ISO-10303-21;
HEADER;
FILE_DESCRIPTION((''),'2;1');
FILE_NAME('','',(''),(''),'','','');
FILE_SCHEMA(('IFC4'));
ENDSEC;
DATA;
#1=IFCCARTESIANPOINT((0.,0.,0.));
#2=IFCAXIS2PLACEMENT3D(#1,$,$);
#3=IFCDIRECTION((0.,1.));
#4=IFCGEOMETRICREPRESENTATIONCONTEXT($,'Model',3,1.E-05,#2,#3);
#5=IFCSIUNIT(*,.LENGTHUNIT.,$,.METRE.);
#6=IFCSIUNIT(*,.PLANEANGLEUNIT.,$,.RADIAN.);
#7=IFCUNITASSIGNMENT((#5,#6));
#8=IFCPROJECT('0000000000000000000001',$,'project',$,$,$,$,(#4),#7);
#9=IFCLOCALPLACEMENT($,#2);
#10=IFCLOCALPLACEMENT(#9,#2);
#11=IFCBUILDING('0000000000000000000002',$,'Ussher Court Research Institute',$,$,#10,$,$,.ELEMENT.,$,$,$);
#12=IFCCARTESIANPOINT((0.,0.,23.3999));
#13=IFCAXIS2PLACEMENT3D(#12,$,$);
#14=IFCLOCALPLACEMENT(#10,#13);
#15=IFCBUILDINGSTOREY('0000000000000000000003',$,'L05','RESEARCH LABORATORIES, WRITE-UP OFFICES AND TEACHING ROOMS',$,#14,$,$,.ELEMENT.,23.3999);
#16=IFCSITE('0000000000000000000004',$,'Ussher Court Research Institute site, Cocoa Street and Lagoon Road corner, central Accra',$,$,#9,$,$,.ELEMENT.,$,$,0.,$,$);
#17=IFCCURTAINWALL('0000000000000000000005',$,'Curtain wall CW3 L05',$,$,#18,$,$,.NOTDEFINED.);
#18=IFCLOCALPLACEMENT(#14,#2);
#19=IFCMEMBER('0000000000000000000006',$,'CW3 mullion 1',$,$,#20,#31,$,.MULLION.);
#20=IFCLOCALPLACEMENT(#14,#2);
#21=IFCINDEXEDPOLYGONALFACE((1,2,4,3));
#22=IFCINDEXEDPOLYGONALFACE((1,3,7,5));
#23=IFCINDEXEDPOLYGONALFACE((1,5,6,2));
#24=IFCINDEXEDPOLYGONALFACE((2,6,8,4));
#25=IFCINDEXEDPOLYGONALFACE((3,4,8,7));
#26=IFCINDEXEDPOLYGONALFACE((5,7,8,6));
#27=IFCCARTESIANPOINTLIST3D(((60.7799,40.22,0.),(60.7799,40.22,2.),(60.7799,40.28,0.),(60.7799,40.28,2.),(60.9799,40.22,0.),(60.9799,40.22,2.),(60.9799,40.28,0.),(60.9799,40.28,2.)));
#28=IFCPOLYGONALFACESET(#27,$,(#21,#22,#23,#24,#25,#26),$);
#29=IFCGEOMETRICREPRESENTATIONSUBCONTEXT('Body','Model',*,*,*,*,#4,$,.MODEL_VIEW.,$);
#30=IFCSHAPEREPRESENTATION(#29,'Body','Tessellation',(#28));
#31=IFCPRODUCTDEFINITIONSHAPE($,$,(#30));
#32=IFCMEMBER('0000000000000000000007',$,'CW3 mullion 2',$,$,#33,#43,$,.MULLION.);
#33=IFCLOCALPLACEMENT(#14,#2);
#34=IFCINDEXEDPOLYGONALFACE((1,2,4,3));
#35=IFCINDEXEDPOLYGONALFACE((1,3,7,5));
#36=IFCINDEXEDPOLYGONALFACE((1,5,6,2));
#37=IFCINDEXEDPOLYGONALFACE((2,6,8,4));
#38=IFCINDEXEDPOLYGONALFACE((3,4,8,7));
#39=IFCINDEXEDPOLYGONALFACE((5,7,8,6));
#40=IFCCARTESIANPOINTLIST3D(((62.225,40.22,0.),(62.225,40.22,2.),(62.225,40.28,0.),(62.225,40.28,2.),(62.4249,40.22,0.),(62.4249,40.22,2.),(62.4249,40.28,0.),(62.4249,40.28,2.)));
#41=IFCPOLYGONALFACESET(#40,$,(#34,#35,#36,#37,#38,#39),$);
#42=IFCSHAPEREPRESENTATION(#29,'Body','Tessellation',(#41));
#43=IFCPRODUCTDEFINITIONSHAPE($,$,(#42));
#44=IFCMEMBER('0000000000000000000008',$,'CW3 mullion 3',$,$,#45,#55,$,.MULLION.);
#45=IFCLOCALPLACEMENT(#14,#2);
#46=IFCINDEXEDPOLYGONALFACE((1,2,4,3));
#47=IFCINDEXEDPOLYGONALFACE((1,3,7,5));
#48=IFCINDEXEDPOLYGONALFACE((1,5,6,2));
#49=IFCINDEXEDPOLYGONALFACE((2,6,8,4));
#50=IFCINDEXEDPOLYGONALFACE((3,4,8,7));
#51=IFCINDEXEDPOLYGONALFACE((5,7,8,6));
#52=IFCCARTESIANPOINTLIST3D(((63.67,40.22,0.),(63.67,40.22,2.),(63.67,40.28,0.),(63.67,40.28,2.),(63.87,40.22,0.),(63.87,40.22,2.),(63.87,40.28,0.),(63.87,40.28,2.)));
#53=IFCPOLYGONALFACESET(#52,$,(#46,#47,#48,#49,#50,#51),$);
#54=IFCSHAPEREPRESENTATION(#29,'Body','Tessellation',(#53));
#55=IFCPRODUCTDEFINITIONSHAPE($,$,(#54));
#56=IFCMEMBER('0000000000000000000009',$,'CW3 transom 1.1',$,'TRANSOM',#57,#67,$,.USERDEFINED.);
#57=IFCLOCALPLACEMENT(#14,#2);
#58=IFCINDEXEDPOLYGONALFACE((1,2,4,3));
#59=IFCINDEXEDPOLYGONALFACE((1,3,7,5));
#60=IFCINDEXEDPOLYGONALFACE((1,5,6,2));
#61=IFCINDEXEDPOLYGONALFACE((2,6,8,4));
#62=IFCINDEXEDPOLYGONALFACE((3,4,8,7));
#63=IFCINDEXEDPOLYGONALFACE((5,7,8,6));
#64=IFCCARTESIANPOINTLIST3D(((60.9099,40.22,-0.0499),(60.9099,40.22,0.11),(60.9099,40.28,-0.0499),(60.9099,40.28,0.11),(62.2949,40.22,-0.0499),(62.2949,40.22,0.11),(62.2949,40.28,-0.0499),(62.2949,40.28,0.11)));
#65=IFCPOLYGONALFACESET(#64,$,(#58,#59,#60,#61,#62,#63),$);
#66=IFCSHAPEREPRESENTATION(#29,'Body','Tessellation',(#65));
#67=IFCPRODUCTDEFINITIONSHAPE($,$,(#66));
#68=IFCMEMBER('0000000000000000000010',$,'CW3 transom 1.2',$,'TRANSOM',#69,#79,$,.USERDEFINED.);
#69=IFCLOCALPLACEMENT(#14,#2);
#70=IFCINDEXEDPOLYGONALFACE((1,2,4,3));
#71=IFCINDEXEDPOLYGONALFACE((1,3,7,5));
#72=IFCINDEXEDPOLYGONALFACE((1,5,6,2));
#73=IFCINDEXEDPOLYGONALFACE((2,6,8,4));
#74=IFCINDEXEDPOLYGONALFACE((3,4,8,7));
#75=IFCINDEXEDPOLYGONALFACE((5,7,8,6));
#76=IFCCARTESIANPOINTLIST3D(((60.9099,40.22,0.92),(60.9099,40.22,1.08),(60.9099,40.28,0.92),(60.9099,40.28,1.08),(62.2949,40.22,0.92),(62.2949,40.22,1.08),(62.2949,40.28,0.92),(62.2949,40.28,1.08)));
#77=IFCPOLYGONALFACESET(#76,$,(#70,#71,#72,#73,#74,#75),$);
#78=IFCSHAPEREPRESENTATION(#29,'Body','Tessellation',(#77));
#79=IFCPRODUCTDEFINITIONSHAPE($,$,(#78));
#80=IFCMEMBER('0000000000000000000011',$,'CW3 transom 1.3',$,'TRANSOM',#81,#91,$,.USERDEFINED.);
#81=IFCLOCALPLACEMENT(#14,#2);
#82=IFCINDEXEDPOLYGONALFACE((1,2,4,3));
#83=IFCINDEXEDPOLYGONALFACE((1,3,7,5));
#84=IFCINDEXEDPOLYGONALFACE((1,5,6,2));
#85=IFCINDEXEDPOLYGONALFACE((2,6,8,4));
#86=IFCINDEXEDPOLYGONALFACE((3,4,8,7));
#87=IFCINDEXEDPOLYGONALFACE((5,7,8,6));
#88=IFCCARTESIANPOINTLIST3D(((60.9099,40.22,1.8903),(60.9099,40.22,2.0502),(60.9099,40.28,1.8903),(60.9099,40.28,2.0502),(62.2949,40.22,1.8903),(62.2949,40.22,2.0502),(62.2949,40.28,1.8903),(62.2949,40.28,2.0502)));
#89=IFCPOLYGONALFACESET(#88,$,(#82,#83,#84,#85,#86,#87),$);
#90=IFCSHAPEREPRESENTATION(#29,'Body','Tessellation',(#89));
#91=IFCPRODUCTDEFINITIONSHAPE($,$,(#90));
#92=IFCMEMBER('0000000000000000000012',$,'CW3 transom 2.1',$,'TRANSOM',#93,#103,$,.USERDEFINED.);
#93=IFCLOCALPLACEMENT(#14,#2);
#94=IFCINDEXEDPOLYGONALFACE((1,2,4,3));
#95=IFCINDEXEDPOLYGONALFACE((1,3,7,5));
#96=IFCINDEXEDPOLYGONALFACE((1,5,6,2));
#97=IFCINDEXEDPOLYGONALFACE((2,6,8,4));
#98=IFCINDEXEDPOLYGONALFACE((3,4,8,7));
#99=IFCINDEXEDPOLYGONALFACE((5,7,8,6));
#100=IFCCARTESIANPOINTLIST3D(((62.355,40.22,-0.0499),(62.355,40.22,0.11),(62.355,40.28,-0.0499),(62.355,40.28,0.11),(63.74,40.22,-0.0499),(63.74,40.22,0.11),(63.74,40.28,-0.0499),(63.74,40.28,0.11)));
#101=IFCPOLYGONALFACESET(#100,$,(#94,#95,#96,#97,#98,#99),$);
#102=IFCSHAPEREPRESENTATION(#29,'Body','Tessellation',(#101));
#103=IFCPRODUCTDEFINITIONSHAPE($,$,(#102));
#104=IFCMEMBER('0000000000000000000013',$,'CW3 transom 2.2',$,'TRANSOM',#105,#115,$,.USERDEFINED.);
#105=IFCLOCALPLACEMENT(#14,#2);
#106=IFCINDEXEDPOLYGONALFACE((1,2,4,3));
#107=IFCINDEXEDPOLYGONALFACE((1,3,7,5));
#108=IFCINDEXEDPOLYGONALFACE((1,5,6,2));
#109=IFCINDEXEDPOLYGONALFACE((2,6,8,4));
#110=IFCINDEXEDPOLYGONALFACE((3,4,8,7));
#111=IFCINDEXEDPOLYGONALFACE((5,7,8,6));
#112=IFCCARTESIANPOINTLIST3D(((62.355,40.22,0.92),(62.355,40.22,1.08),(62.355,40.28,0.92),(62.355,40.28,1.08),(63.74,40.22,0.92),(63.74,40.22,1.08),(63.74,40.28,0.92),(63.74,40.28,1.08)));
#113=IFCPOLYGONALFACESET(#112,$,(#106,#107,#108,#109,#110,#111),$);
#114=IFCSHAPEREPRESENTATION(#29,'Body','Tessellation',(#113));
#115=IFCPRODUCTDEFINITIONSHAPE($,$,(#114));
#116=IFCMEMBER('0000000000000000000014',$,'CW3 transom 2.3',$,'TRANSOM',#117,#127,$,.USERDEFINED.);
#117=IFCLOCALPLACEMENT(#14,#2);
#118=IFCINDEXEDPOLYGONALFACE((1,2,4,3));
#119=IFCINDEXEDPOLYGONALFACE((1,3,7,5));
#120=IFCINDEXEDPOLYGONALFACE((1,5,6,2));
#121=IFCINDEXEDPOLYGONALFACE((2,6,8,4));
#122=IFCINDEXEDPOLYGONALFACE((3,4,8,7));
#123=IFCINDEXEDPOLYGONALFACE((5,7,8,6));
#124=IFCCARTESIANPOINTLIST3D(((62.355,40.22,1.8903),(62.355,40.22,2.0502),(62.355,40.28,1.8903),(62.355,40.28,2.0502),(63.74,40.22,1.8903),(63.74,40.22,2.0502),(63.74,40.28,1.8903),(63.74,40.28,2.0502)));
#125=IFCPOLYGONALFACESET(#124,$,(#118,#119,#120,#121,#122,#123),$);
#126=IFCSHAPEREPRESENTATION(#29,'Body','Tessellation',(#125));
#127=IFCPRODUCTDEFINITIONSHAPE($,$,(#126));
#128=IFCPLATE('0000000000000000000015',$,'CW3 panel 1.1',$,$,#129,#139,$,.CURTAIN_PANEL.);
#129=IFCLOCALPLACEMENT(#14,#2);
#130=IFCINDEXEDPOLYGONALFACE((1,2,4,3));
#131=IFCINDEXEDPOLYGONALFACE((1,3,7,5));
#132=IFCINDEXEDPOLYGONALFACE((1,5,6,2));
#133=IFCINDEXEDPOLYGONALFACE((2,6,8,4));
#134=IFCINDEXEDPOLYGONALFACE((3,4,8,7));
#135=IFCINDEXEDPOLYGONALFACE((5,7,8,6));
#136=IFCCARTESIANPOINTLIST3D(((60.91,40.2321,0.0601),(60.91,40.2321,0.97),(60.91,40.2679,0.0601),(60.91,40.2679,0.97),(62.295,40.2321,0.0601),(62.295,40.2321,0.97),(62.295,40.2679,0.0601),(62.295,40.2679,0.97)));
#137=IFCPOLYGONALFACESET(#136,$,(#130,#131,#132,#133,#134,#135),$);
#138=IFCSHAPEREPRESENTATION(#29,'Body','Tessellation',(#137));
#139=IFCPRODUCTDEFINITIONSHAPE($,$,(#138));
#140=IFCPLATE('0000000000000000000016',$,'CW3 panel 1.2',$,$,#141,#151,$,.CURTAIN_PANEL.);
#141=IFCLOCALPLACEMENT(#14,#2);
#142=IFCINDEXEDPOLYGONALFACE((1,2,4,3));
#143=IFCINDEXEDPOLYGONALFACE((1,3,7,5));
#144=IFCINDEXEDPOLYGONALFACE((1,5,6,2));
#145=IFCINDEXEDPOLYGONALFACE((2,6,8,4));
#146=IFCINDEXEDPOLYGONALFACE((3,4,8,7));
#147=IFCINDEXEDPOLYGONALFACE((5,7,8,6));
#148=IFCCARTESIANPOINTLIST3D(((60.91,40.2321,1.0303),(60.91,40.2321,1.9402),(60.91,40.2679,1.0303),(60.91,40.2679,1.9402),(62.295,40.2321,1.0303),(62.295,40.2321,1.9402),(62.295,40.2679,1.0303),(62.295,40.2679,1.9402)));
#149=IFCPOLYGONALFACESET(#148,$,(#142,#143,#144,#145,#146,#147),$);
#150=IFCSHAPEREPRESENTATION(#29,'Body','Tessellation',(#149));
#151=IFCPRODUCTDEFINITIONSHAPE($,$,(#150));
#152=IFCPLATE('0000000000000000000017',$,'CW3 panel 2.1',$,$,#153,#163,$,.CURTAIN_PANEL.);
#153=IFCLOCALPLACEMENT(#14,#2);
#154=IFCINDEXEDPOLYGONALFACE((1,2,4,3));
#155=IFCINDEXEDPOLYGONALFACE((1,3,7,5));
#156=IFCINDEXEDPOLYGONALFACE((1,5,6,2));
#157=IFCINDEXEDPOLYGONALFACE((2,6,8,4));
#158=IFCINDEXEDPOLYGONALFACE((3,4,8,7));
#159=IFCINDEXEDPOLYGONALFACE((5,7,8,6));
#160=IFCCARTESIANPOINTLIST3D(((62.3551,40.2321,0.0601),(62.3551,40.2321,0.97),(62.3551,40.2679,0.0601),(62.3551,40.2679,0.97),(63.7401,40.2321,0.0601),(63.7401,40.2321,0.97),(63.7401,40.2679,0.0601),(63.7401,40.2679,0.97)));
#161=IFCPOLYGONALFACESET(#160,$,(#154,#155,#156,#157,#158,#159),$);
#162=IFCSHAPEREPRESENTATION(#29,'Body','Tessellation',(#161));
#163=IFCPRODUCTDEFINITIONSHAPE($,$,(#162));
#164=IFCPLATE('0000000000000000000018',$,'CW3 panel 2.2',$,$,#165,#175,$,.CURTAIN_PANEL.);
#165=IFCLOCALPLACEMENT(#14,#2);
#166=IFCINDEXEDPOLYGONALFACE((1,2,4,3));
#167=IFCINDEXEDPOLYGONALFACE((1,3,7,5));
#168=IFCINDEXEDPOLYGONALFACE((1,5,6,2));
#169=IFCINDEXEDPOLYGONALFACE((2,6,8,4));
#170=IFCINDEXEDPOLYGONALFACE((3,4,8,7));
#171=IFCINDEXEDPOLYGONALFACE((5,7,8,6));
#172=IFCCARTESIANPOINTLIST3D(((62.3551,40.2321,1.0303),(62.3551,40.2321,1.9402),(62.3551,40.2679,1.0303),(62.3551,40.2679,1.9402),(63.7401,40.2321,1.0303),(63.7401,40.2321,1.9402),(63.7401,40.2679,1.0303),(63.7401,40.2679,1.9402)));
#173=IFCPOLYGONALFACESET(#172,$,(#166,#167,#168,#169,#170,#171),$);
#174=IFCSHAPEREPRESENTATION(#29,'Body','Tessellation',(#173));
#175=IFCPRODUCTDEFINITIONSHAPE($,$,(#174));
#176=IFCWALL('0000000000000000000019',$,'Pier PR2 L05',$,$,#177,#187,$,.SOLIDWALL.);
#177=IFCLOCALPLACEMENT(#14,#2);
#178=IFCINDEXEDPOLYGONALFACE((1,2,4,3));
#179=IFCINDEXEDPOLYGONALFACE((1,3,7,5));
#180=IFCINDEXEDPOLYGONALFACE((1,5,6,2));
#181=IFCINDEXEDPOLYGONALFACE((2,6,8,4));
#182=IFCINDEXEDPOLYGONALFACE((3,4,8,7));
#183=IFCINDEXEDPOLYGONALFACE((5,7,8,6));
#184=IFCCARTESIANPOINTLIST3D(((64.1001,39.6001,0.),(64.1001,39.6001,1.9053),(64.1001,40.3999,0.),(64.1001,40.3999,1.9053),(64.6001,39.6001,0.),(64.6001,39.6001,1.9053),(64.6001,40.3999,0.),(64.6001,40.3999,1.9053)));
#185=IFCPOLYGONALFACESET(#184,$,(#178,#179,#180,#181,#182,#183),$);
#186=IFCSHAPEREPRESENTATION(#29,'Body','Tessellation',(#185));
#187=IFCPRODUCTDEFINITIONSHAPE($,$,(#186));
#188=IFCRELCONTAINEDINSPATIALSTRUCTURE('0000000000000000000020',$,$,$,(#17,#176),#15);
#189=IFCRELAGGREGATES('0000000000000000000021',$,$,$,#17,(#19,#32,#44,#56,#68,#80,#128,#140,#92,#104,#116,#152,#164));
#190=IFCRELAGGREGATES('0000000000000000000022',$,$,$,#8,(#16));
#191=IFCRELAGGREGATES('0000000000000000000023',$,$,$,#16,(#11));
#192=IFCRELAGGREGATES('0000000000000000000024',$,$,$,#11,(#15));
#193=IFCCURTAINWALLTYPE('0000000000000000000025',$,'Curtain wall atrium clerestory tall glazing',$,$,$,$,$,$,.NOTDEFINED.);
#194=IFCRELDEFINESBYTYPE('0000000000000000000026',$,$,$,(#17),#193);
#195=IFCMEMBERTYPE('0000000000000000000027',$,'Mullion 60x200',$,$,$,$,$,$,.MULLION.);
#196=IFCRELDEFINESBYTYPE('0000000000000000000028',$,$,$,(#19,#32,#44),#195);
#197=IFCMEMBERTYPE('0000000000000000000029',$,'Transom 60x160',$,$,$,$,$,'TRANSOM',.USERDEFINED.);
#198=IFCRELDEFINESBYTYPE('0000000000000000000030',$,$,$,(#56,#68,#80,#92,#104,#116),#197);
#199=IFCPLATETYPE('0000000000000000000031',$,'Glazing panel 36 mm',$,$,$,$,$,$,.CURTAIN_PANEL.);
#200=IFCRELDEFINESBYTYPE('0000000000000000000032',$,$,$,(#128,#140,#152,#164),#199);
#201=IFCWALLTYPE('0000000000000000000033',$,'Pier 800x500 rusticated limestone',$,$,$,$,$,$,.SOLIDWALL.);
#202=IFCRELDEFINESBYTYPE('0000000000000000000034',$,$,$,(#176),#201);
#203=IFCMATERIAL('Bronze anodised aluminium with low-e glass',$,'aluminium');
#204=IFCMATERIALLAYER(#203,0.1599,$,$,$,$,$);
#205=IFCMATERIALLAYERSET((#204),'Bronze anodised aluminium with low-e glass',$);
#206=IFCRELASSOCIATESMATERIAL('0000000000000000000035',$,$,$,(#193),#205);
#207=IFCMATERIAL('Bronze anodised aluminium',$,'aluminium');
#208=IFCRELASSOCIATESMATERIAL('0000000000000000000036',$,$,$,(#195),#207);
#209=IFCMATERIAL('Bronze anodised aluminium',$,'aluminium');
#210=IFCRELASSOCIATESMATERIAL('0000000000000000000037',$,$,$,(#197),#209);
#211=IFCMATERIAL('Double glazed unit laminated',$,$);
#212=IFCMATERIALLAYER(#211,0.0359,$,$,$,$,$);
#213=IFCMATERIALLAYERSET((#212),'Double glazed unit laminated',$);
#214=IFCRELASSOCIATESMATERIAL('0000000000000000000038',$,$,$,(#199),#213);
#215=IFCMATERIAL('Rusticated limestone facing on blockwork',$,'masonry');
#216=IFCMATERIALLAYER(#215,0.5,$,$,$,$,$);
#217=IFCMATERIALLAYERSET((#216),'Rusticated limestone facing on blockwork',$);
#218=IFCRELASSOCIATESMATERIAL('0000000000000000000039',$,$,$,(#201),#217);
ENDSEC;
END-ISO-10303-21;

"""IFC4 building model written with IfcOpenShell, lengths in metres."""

from ifc_helpers import new_model, si_unit, direction, frame, frame_2d, origin, origin_2d, place, context, subcontext, project, spatial, rectangle, extrude, material, layer, layer_set, material_profile, profile_set, type_object, element, aggregate, save


model = new_model("IFC4")

# Units and contexts
model_context = context("Model", 3, precision=1e-05, world=origin(), true_north=direction((0.0, 1.0)))
body_context = subcontext(model_context, "Body", "Model", "MODEL_VIEW")
ifc_project = project(units=[si_unit("LENGTHUNIT", "METRE"), si_unit("PLANEANGLEUNIT", "RADIAN")], contexts=[model_context])

# Site, building, storey
site_placement = place(None, origin())
site = spatial("IfcSite", under=ifc_project, at=site_placement, Name="Ussher Court Research Institute site, Cocoa Street and Lagoon Road corner, central Accra", CompositionType="ELEMENT", RefElevation=0.0)
building_placement = place(site_placement, origin())
building = spatial("IfcBuilding", under=site, at=building_placement, Name="Ussher Court Research Institute", CompositionType="ELEMENT")
storey_placement = place(building_placement, frame((0.0, 0.0, 23.3999)))
storey = spatial("IfcBuildingStorey", under=building, at=storey_placement, Name="L05", Description="RESEARCH LABORATORIES, WRITE-UP OFFICES AND TEACHING ROOMS", CompositionType="ELEMENT", Elevation=23.3999)

# Curtain wall, members, plates
ifc_material_1 = material(Name="Bronze anodised aluminium with low-e glass", Category="aluminium")
ifc_layer_1 = layer(ifc_material_1, 0.1599)
ifc_layer_set_1 = layer_set([ifc_layer_1], Name="Bronze anodised aluminium with low-e glass")
curtain_wall_type = type_object("IfcCurtainWallType", Name="Curtain wall atrium clerestory tall glazing", PredefinedType="NOTDEFINED", material=ifc_layer_set_1)
curtain_wall_placement = place(storey_placement, origin())
curtain_wall = element("IfcCurtainWall", 1, at=curtain_wall_placement, inside=storey, type_object=curtain_wall_type, Name="Curtain wall CW3 L05", PredefinedType="NOTDEFINED")
ifc_material_2 = material(Name="Bronze anodised aluminium", Category="aluminium")
ifc_material_profile_1 = material_profile(ifc_material_2, rectangle(XDim=0.0601, YDim=0.2, at=origin_2d()), Name="Mullion 60x200")
ifc_profile_set_1 = profile_set([ifc_material_profile_1], Name="Bronze anodised aluminium")
member_type_1 = type_object("IfcMemberType", Name="Mullion 60x200", PredefinedType="MULLION", material=ifc_profile_set_1)
member_1_placement = place(storey_placement, frame((60.8799, 40.25, 0.0), z_axis=(0.0, 0.0, 1.0), x_axis=(0.0, 1.0, 0.0)))
member_1 = element("IfcMember", 2, at=member_1_placement, type_object=member_type_1, Name="CW3 mullion 1", PredefinedType="MULLION", context=body_context, shape_type="SweptSolid", body=[
    extrude(rectangle(XDim=0.0601, YDim=0.2, at=origin_2d()), origin(), (0.0, 0.0, 1.0), 2.0),
])
member_2_placement = place(storey_placement, frame((62.325, 40.25, 0.0), z_axis=(0.0, 0.0, 1.0), x_axis=(0.0, 1.0, 0.0)))
member_2 = element("IfcMember", 3, at=member_2_placement, type_object=member_type_1, Name="CW3 mullion 2", PredefinedType="MULLION", context=body_context, shape_type="SweptSolid", body=[
    extrude(rectangle(XDim=0.0601, YDim=0.2, at=origin_2d()), origin(), (0.0, 0.0, 1.0), 2.0),
])
member_3_placement = place(storey_placement, frame((63.77, 40.25, 0.0), z_axis=(0.0, 0.0, 1.0), x_axis=(0.0, 1.0, 0.0)))
member_3 = element("IfcMember", 4, at=member_3_placement, type_object=member_type_1, Name="CW3 mullion 3", PredefinedType="MULLION", context=body_context, shape_type="SweptSolid", body=[
    extrude(rectangle(XDim=0.0601, YDim=0.2, at=origin_2d()), origin(), (0.0, 0.0, 1.0), 2.0),
])
ifc_material_3 = material(Name="Bronze anodised aluminium", Category="aluminium")
ifc_material_profile_2 = material_profile(ifc_material_3, rectangle(XDim=0.0601, YDim=0.1599, at=origin_2d()), Name="Transom 60x160")
ifc_profile_set_2 = profile_set([ifc_material_profile_2], Name="Bronze anodised aluminium")
member_type_2 = type_object("IfcMemberType", Name="Transom 60x160", ElementType="TRANSOM", PredefinedType="USERDEFINED", material=ifc_profile_set_2)
member_4_placement = place(storey_placement, frame((60.9099, 40.25, 0.03), z_axis=(1.0, 0.0, 0.0), x_axis=(0.0, 1.0, 0.0)))
member_4 = element("IfcMember", 5, at=member_4_placement, type_object=member_type_2, Name="CW3 transom 1.1", ObjectType="TRANSOM", PredefinedType="USERDEFINED", context=body_context, shape_type="SweptSolid", body=[
    extrude(rectangle(XDim=0.0601, YDim=0.1599, at=origin_2d()), origin(), (0.0, 0.0, 1.0), 1.385),
])
member_5_placement = place(storey_placement, frame((60.9099, 40.25, 1.0), z_axis=(1.0, 0.0, 0.0), x_axis=(0.0, 1.0, 0.0)))
member_5 = element("IfcMember", 6, at=member_5_placement, type_object=member_type_2, Name="CW3 transom 1.2", ObjectType="TRANSOM", PredefinedType="USERDEFINED", context=body_context, shape_type="SweptSolid", body=[
    extrude(rectangle(XDim=0.0601, YDim=0.1599, at=origin_2d()), origin(), (0.0, 0.0, 1.0), 1.385),
])
member_6_placement = place(storey_placement, frame((60.9099, 40.25, 1.9702), z_axis=(1.0, 0.0, 0.0), x_axis=(0.0, 1.0, 0.0)))
member_6 = element("IfcMember", 7, at=member_6_placement, type_object=member_type_2, Name="CW3 transom 1.3", ObjectType="TRANSOM", PredefinedType="USERDEFINED", context=body_context, shape_type="SweptSolid", body=[
    extrude(rectangle(XDim=0.0601, YDim=0.1599, at=origin_2d()), origin(), (0.0, 0.0, 1.0), 1.385),
])
member_7_placement = place(storey_placement, frame((62.355, 40.25, 0.03), z_axis=(1.0, 0.0, 0.0), x_axis=(0.0, 1.0, 0.0)))
member_7 = element("IfcMember", 8, at=member_7_placement, type_object=member_type_2, Name="CW3 transom 2.1", ObjectType="TRANSOM", PredefinedType="USERDEFINED", context=body_context, shape_type="SweptSolid", body=[
    extrude(rectangle(XDim=0.0601, YDim=0.1599, at=origin_2d()), origin(), (0.0, 0.0, 1.0), 1.385),
])
member_8_placement = place(storey_placement, frame((62.355, 40.25, 1.0), z_axis=(1.0, 0.0, 0.0), x_axis=(0.0, 1.0, 0.0)))
member_8 = element("IfcMember", 9, at=member_8_placement, type_object=member_type_2, Name="CW3 transom 2.2", ObjectType="TRANSOM", PredefinedType="USERDEFINED", context=body_context, shape_type="SweptSolid", body=[
    extrude(rectangle(XDim=0.0601, YDim=0.1599, at=origin_2d()), origin(), (0.0, 0.0, 1.0), 1.385),
])
member_9_placement = place(storey_placement, frame((62.355, 40.25, 1.9702), z_axis=(1.0, 0.0, 0.0), x_axis=(0.0, 1.0, 0.0)))
member_9 = element("IfcMember", 10, at=member_9_placement, type_object=member_type_2, Name="CW3 transom 2.3", ObjectType="TRANSOM", PredefinedType="USERDEFINED", context=body_context, shape_type="SweptSolid", body=[
    extrude(rectangle(XDim=0.0601, YDim=0.1599, at=origin_2d()), origin(), (0.0, 0.0, 1.0), 1.385),
])
ifc_material_4 = material(Name="Double glazed unit laminated")
ifc_layer_2 = layer(ifc_material_4, 0.0359)
ifc_layer_set_2 = layer_set([ifc_layer_2], Name="Double glazed unit laminated")
plate_type = type_object("IfcPlateType", Name="Glazing panel 36 mm", PredefinedType="CURTAIN_PANEL", material=ifc_layer_set_2)
plate_1_placement = place(storey_placement, frame((61.6025, 40.25, 0.0601), z_axis=(0.0, 0.0, 1.0), x_axis=(1.0, 0.0, 0.0)))
plate_1 = element("IfcPlate", 11, at=plate_1_placement, type_object=plate_type, Name="CW3 panel 1.1", PredefinedType="CURTAIN_PANEL", context=body_context, shape_type="SweptSolid", body=[
    extrude(rectangle(XDim=1.385, YDim=0.0359, at=origin_2d()), origin(), (0.0, 0.0, 1.0), 0.9099),
])
plate_2_placement = place(storey_placement, frame((61.6025, 40.25, 1.0303), z_axis=(0.0, 0.0, 1.0), x_axis=(1.0, 0.0, 0.0)))
plate_2 = element("IfcPlate", 12, at=plate_2_placement, type_object=plate_type, Name="CW3 panel 1.2", PredefinedType="CURTAIN_PANEL", context=body_context, shape_type="SweptSolid", body=[
    extrude(rectangle(XDim=1.385, YDim=0.0359, at=origin_2d()), origin(), (0.0, 0.0, 1.0), 0.9099),
])
plate_3_placement = place(storey_placement, frame((63.0476, 40.25, 0.0601), z_axis=(0.0, 0.0, 1.0), x_axis=(1.0, 0.0, 0.0)))
plate_3 = element("IfcPlate", 13, at=plate_3_placement, type_object=plate_type, Name="CW3 panel 2.1", PredefinedType="CURTAIN_PANEL", context=body_context, shape_type="SweptSolid", body=[
    extrude(rectangle(XDim=1.385, YDim=0.0359, at=origin_2d()), origin(), (0.0, 0.0, 1.0), 0.9099),
])
plate_4_placement = place(storey_placement, frame((63.0476, 40.25, 1.0303), z_axis=(0.0, 0.0, 1.0), x_axis=(1.0, 0.0, 0.0)))
plate_4 = element("IfcPlate", 14, at=plate_4_placement, type_object=plate_type, Name="CW3 panel 2.2", PredefinedType="CURTAIN_PANEL", context=body_context, shape_type="SweptSolid", body=[
    extrude(rectangle(XDim=1.385, YDim=0.0359, at=origin_2d()), origin(), (0.0, 0.0, 1.0), 0.9099),
])
aggregate(curtain_wall, [member_1, member_2, member_3, member_4, member_5, member_6, plate_1, plate_2, member_7, member_8, member_9, plate_3, plate_4])

# Wall
ifc_material_5 = material(Name="Rusticated limestone facing on blockwork", Category="masonry")
ifc_layer_3 = layer(ifc_material_5, 0.5)
ifc_layer_set_3 = layer_set([ifc_layer_3], Name="Rusticated limestone facing on blockwork")
wall_type = type_object("IfcWallType", Name="Pier 800x500 rusticated limestone", PredefinedType="SOLIDWALL", material=ifc_layer_set_3)
wall_placement = place(storey_placement, frame((64.3501, 40.3999, 0.0), z_axis=(0.0, 0.0, 1.0), x_axis=(0.0, -1.0, 0.0)))
element("IfcWall", 15, at=wall_placement, inside=storey, type_object=wall_type, Name="Pier PR2 L05", PredefinedType="SOLIDWALL", context=body_context, shape_type="SweptSolid", body=[
    extrude(rectangle(XDim=0.7998, YDim=0.5, at=frame_2d((0.3999, 0.0))), origin(), (0.0, 0.0, 1.0), 1.9053),
])

save(model, "model.ifc")
